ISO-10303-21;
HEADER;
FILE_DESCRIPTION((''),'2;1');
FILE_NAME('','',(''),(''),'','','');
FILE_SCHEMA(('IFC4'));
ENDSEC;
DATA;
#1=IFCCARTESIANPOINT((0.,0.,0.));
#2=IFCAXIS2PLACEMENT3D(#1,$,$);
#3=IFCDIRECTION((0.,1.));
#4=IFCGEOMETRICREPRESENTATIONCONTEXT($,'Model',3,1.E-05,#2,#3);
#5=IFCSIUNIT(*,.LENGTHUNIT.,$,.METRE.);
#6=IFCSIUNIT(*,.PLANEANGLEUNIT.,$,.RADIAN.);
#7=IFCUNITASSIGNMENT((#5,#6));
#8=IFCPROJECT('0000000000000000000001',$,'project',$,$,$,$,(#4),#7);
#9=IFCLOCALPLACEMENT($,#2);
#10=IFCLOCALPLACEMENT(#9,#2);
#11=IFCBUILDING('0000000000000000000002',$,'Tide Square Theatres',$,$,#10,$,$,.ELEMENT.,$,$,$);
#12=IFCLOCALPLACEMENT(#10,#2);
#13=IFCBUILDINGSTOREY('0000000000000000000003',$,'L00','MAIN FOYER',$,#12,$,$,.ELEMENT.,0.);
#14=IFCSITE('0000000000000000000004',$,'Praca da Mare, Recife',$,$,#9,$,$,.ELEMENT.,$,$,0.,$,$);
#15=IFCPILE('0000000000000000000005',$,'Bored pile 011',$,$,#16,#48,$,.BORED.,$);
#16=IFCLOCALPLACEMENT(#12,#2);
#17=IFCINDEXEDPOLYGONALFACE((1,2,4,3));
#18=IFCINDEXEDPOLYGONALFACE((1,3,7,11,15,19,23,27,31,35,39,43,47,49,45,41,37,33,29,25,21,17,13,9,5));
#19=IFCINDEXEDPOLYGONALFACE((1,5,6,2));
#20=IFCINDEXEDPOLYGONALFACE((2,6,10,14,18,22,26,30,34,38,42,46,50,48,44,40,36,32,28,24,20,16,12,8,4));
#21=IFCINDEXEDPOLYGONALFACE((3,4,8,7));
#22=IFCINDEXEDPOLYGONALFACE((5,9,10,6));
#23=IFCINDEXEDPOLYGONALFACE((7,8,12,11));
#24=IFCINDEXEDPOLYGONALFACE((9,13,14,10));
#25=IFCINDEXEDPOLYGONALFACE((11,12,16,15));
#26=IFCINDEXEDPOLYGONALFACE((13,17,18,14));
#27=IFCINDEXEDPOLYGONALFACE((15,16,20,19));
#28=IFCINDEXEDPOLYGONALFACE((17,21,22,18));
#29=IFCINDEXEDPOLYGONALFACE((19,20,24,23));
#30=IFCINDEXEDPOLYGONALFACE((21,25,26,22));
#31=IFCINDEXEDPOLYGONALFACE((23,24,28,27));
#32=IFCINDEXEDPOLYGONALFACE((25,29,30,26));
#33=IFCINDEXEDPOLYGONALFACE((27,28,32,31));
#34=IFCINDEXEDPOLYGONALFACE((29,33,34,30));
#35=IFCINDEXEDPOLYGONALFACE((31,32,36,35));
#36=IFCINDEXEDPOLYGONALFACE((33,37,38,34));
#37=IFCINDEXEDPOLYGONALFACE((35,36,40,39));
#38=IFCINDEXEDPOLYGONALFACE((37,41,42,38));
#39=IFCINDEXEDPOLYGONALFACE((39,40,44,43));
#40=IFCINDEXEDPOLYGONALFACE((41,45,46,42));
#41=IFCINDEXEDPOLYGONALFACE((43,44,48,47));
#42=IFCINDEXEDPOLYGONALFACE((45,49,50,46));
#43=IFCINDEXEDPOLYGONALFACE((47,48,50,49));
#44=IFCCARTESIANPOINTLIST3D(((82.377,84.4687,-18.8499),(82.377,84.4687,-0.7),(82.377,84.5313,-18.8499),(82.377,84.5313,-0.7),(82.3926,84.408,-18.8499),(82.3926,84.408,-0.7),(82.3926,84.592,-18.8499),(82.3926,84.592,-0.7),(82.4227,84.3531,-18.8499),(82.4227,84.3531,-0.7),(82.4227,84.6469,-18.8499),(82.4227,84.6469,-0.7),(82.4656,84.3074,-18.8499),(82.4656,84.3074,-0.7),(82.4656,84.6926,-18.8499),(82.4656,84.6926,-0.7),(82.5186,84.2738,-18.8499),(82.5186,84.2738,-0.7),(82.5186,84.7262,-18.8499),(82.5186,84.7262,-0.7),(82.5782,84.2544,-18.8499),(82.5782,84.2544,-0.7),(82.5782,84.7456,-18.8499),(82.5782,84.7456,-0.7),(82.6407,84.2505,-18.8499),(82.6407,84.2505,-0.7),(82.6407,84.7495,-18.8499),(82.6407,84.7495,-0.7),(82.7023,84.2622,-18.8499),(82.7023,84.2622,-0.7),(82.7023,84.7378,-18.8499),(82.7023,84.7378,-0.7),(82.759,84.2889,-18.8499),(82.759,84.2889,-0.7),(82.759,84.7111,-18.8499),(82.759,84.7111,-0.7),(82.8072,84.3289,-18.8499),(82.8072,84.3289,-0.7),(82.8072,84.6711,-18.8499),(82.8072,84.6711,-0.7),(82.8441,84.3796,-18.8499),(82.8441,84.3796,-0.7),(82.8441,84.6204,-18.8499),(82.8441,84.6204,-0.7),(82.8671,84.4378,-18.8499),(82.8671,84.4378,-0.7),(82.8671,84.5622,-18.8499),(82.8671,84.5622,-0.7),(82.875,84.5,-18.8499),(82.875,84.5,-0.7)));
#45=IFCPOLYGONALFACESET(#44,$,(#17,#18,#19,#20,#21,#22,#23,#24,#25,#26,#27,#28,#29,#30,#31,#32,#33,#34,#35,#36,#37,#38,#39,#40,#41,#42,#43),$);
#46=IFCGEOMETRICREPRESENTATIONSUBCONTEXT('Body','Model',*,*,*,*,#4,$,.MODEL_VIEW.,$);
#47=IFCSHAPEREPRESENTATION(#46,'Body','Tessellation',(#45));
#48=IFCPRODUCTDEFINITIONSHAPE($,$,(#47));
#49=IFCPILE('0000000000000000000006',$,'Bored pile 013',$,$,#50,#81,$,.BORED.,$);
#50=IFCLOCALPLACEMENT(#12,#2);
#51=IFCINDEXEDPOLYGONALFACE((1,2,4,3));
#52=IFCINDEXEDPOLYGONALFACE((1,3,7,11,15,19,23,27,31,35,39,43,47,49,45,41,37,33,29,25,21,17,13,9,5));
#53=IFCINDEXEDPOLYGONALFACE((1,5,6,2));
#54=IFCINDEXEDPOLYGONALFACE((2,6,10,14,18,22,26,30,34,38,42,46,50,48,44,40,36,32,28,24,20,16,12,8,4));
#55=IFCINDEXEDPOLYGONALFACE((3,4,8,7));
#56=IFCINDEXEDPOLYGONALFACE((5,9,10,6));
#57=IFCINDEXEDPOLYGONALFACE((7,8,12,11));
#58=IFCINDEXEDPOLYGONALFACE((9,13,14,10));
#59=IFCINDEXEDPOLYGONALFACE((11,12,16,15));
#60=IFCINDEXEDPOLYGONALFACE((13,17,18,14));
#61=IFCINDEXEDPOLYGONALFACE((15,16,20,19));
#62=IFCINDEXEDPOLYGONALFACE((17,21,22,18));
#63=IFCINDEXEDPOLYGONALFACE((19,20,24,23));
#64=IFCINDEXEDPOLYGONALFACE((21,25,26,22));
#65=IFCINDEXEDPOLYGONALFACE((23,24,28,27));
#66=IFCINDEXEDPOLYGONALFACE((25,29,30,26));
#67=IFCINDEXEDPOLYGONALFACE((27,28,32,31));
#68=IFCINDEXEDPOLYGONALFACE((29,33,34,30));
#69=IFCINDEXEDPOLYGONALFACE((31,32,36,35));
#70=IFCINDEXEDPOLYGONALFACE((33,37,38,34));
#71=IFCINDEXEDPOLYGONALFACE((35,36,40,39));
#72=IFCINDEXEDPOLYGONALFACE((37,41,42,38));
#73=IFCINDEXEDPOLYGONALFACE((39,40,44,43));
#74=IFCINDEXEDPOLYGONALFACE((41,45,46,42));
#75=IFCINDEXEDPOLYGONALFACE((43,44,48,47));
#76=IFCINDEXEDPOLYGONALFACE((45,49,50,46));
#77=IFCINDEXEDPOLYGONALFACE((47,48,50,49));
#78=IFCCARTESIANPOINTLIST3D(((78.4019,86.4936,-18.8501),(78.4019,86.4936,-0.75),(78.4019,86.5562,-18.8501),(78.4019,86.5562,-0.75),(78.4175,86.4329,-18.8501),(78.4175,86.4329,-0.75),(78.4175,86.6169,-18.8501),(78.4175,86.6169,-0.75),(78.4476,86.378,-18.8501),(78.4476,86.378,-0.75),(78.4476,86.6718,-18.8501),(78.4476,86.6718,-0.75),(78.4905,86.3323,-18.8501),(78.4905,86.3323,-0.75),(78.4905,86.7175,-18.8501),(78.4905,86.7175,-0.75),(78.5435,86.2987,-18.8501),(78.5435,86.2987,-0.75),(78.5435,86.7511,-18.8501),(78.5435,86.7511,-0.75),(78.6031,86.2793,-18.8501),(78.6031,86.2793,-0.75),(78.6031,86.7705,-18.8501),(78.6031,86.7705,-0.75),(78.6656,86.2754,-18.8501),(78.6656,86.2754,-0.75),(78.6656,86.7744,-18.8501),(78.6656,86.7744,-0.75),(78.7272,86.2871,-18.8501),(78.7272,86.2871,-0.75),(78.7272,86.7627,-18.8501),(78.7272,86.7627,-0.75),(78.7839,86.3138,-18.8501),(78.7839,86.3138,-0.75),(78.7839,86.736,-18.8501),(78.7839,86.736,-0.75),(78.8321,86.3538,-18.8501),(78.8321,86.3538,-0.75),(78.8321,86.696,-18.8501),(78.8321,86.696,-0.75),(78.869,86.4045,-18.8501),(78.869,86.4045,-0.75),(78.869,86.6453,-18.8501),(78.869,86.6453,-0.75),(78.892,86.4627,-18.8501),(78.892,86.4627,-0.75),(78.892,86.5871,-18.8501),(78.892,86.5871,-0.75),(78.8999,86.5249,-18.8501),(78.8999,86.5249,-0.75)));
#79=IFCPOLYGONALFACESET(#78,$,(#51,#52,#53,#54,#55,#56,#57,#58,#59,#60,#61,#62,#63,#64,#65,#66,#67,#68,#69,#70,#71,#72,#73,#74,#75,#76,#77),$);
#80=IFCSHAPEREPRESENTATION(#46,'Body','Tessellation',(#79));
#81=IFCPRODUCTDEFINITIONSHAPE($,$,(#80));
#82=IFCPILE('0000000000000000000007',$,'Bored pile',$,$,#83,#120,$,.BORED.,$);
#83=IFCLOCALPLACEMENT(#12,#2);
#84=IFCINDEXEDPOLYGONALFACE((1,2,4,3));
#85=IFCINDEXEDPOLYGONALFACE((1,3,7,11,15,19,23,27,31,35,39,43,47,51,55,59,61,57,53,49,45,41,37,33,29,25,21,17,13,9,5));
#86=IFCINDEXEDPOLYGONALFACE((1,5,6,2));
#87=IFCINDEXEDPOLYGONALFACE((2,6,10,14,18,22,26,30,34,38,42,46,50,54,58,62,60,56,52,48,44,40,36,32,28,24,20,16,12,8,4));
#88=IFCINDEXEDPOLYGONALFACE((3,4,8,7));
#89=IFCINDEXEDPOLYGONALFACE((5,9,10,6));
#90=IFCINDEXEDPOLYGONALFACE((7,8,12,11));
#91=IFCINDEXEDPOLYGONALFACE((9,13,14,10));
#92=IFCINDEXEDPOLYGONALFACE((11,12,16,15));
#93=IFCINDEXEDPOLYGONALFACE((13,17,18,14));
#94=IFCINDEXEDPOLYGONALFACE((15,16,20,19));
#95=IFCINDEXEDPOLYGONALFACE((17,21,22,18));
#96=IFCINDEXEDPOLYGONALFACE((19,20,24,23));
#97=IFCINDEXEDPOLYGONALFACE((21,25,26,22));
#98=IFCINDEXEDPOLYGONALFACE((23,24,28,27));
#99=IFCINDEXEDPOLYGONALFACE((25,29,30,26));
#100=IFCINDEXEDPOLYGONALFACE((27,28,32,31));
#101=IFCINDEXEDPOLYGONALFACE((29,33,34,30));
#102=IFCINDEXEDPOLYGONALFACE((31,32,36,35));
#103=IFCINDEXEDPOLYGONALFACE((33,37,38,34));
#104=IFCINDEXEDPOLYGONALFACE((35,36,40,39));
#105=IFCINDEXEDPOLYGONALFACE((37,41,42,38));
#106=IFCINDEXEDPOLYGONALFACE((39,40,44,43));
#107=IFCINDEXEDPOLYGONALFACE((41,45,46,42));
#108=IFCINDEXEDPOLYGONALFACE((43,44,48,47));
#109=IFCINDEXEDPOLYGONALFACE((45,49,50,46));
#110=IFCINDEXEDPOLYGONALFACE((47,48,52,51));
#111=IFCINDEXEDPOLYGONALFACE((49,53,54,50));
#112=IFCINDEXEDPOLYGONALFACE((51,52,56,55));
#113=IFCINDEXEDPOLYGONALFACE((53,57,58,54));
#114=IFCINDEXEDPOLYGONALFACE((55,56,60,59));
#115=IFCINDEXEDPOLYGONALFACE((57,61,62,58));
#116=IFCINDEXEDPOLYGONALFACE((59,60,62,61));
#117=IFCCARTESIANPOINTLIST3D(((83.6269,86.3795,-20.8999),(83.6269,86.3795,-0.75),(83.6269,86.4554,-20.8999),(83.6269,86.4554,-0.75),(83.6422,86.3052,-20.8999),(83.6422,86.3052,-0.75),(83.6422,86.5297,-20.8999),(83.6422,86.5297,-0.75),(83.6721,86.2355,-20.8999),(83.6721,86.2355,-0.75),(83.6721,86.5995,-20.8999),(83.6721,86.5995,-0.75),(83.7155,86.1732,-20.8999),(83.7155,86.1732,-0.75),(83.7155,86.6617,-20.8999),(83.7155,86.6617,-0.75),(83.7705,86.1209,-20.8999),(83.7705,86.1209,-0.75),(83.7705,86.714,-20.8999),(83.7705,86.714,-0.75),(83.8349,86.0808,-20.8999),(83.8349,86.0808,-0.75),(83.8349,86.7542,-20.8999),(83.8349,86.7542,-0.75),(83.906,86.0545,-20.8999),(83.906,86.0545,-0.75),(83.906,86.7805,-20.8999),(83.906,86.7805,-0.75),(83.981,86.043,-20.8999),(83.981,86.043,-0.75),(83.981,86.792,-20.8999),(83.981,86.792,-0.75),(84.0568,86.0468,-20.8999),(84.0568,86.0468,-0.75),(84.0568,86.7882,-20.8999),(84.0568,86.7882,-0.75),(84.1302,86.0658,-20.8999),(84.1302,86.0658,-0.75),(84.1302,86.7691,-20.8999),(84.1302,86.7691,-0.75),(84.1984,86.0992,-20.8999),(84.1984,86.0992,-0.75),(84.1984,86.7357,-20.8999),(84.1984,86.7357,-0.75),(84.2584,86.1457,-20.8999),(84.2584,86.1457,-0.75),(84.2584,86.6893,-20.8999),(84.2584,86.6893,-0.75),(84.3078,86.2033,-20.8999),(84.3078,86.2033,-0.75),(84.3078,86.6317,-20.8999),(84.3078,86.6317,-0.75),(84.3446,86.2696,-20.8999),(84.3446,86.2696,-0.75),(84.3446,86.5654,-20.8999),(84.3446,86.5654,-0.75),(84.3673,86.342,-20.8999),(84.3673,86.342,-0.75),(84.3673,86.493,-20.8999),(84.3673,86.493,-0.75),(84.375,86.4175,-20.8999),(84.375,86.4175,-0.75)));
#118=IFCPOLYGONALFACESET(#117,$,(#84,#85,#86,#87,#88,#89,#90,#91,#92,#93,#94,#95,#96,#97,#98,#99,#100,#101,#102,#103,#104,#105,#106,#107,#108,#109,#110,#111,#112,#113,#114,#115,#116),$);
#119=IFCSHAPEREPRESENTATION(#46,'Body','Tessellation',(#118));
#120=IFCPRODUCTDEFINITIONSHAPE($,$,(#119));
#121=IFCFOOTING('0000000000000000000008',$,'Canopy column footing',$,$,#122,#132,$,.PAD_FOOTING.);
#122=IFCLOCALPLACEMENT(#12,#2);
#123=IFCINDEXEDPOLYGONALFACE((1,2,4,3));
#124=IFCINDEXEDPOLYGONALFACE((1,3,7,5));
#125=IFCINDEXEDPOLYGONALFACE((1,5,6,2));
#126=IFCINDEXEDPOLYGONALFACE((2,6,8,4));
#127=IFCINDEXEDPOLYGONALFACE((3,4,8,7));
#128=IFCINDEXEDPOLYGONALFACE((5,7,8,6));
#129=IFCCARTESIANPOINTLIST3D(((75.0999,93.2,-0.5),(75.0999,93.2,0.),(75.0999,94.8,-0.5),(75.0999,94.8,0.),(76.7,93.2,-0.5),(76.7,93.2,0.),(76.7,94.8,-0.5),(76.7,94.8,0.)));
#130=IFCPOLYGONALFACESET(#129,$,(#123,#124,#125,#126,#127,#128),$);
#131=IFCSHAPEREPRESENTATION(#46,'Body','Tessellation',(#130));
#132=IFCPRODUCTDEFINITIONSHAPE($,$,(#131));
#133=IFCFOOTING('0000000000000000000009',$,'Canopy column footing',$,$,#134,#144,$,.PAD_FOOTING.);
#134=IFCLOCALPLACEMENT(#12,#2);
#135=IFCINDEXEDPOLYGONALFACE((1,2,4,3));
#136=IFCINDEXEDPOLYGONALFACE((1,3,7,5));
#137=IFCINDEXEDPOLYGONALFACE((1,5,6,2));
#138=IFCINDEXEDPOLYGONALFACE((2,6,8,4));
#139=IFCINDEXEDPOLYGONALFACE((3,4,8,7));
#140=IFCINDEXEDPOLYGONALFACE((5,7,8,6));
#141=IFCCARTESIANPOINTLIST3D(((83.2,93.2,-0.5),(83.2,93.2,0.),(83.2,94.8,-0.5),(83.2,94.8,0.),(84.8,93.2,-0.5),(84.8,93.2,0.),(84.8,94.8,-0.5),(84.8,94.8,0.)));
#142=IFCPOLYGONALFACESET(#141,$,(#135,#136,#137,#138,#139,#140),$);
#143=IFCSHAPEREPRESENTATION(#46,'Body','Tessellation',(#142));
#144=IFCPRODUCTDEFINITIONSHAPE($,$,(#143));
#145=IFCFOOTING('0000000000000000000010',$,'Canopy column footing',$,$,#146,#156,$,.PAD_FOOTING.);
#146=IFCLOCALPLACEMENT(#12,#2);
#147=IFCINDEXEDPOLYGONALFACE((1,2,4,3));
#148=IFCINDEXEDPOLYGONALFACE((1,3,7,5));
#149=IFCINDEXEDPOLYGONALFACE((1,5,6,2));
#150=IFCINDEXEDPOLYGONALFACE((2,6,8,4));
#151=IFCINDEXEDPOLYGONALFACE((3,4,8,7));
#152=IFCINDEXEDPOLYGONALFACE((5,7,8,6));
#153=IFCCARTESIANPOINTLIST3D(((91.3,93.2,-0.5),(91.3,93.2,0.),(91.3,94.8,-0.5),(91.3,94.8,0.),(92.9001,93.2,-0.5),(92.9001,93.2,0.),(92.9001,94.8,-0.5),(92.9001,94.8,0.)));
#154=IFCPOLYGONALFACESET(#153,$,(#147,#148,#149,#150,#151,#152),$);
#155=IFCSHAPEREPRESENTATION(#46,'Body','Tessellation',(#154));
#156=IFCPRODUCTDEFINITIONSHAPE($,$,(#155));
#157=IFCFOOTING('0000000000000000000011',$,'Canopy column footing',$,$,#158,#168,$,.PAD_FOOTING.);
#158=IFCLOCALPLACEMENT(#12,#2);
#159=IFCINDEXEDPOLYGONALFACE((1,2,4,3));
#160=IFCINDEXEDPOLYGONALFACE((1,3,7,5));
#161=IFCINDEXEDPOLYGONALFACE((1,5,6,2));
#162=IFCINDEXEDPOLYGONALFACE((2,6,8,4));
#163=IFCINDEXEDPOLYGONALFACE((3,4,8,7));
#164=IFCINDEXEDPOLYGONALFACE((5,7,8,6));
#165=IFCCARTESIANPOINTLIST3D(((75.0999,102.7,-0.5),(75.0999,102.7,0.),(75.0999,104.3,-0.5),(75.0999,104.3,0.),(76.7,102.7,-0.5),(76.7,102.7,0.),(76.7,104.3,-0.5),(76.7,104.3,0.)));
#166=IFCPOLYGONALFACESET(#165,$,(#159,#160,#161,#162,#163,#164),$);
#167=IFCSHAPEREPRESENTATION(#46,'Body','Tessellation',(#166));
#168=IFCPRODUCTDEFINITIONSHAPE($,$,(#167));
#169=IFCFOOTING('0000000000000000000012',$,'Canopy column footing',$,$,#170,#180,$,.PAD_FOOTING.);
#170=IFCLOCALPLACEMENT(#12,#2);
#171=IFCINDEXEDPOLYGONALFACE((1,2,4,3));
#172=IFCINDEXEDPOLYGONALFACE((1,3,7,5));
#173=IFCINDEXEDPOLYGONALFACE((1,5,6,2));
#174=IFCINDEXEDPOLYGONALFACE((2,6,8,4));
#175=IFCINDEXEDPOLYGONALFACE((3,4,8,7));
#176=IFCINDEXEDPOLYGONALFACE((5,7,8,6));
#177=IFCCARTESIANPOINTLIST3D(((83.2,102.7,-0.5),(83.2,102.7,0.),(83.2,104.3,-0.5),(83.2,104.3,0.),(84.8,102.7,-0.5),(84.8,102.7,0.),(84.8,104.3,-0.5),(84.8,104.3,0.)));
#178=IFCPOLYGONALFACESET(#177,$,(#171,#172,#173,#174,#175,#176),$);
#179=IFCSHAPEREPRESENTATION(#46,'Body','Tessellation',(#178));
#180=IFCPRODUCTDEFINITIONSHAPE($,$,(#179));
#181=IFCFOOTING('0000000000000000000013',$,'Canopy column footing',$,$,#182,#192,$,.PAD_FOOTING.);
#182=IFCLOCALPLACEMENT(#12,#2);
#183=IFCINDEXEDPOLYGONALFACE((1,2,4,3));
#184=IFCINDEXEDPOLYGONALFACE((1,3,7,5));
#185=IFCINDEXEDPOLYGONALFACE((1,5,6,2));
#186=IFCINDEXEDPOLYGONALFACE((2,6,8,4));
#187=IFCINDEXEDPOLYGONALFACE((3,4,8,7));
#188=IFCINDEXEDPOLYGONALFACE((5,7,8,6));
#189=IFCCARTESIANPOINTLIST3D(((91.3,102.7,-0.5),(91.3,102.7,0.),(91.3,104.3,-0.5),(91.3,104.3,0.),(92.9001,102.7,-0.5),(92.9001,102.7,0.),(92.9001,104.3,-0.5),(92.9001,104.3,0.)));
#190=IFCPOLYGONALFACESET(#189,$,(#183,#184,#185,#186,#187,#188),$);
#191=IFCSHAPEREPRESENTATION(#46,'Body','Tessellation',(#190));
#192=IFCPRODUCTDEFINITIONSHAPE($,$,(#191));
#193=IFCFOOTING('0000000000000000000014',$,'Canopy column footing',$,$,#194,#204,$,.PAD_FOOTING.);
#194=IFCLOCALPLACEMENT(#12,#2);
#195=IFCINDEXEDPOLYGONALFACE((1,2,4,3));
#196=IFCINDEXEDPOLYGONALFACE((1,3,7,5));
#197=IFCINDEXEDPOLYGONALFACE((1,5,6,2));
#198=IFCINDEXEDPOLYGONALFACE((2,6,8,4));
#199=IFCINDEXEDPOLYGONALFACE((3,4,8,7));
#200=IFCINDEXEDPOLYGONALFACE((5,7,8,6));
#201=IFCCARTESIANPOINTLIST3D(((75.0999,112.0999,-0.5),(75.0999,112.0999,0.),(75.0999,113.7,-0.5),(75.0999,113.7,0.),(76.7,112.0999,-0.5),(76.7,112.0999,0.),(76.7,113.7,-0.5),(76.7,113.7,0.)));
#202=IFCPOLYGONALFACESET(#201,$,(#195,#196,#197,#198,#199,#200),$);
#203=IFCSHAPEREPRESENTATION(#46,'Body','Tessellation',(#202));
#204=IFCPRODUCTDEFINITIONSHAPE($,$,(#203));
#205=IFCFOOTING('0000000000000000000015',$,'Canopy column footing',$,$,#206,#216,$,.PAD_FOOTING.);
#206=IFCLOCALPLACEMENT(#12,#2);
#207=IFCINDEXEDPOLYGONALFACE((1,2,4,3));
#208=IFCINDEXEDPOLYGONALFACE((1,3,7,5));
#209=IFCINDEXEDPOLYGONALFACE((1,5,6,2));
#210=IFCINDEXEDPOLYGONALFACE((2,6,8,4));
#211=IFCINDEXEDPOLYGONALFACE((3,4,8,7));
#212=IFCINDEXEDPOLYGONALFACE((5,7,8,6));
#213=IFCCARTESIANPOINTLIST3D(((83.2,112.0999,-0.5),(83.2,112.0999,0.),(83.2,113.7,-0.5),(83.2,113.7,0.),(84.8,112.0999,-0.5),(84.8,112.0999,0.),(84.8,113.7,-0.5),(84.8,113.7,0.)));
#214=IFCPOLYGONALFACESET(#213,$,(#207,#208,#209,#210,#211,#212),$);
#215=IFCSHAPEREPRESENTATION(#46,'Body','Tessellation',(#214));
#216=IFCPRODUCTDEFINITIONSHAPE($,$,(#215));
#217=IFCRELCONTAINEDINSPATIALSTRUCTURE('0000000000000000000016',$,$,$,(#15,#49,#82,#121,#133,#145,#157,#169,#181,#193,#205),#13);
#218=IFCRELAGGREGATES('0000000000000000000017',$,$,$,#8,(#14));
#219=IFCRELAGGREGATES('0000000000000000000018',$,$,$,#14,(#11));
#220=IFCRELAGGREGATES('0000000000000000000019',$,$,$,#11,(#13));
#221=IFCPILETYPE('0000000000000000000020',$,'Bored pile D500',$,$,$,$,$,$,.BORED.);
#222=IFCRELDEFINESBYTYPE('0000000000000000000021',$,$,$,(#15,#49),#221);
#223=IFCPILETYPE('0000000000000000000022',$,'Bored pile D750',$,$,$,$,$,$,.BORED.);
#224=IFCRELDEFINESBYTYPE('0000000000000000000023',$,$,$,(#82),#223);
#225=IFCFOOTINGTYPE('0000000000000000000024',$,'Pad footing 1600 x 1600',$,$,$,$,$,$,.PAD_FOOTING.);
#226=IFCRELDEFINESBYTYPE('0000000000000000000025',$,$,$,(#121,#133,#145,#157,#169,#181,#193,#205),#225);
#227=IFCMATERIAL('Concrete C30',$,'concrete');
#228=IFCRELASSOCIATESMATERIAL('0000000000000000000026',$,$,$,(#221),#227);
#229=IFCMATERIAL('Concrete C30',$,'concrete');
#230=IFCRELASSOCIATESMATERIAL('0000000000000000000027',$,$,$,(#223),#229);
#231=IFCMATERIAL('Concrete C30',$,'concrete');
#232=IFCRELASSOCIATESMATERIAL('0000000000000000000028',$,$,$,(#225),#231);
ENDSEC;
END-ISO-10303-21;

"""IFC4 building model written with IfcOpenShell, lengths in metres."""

from ifc_helpers import new_model, si_unit, direction, frame, origin, origin_2d, place, context, subcontext, project, spatial, rectangle, circle, extrude, material, material_profile, profile_set, type_object, element, save


model = new_model("IFC4")

# Units and contexts
model_context = context("Model", 3, precision=1e-05, world=origin(), true_north=direction((0.0, 1.0)))
body_context = subcontext(model_context, "Body", "Model", "MODEL_VIEW")
ifc_project = project(units=[si_unit("LENGTHUNIT", "METRE"), si_unit("PLANEANGLEUNIT", "RADIAN")], contexts=[model_context])

# Site, building, storey
site_placement = place(None, origin())
site = spatial("IfcSite", under=ifc_project, at=site_placement, Name="Praca da Mare, Recife", CompositionType="ELEMENT", RefElevation=0.0)
building_placement = place(site_placement, origin())
building = spatial("IfcBuilding", under=site, at=building_placement, Name="Tide Square Theatres", CompositionType="ELEMENT")
storey_placement = place(building_placement, origin())
storey = spatial("IfcBuildingStorey", under=building, at=storey_placement, Name="L00", Description="MAIN FOYER", CompositionType="ELEMENT", Elevation=0.0)

# Piles
ifc_material_1 = material(Name="Concrete C30", Category="concrete")
ifc_material_profile_1 = material_profile(ifc_material_1, circle(Radius=0.25, at=origin_2d()))
ifc_profile_set_1 = profile_set([ifc_material_profile_1], Name="Concrete C30")
pile_type_1 = type_object("IfcPileType", Name="Bored pile D500", PredefinedType="BORED", material=ifc_profile_set_1)
pile_1_placement = place(storey_placement, frame((82.625, 84.5, -0.7), z_axis=(0.0, 0.0, -1.0), x_axis=(1.0, 0.0, 0.0)))
element("IfcPile", 1, at=pile_1_placement, inside=storey, type_object=pile_type_1, Name="Bored pile 011", PredefinedType="BORED", context=body_context, shape_type="SweptSolid", body=[
    extrude(circle(Radius=0.25, at=origin_2d()), origin(), (0.0, 0.0, 1.0), 18.1499),
])
pile_2_placement = place(storey_placement, frame((78.6499, 86.5249, -0.75), z_axis=(0.0, 0.0, -1.0), x_axis=(1.0, 0.0, 0.0)))
element("IfcPile", 2, at=pile_2_placement, inside=storey, type_object=pile_type_1, Name="Bored pile 013", PredefinedType="BORED", context=body_context, shape_type="SweptSolid", body=[
    extrude(circle(Radius=0.25, at=origin_2d()), origin(), (0.0, 0.0, 1.0), 18.1001),
])
ifc_material_2 = material(Name="Concrete C30", Category="concrete")
ifc_material_profile_2 = material_profile(ifc_material_2, circle(Radius=0.375, at=origin_2d()))
ifc_profile_set_2 = profile_set([ifc_material_profile_2], Name="Concrete C30")
pile_type_2 = type_object("IfcPileType", Name="Bored pile D750", PredefinedType="BORED", material=ifc_profile_set_2)
pile_3_placement = place(storey_placement, frame((84.0, 86.4175, -0.75), z_axis=(0.0, 0.0, -1.0), x_axis=(1.0, 0.0, 0.0)))
element("IfcPile", 3, at=pile_3_placement, inside=storey, type_object=pile_type_2, Name="Bored pile", PredefinedType="BORED", context=body_context, shape_type="SweptSolid", body=[
    extrude(circle(Radius=0.375, at=origin_2d()), origin(), (0.0, 0.0, 1.0), 20.1499),
])

# Footings
ifc_material_3 = material(Name="Concrete C30", Category="concrete")
footing_type = type_object("IfcFootingType", Name="Pad footing 1600 x 1600", PredefinedType="PAD_FOOTING", material=ifc_material_3)
for number, where, z_axis, x_axis, name in (
    (4, (75.8999, 94.0, -0.5), (0.0, 0.0, 1.0), (1.0, 0.0, 0.0), "Canopy column footing"),
    (5, (84.0, 94.0, -0.5), (0.0, 0.0, 1.0), (1.0, 0.0, 0.0), "Canopy column footing"),
    (6, (92.1001, 94.0, -0.5), (0.0, 0.0, 1.0), (1.0, 0.0, 0.0), "Canopy column footing"),
    (7, (75.8999, 103.5, -0.5), (0.0, 0.0, 1.0), (1.0, 0.0, 0.0), "Canopy column footing"),
    (8, (84.0, 103.5, -0.5), (0.0, 0.0, 1.0), (1.0, 0.0, 0.0), "Canopy column footing"),
    (9, (92.1001, 103.5, -0.5), (0.0, 0.0, 1.0), (1.0, 0.0, 0.0), "Canopy column footing"),
    (10, (75.8999, 112.8999, -0.5), (0.0, 0.0, 1.0), (1.0, 0.0, 0.0), "Canopy column footing"),
    (11, (84.0, 112.8999, -0.5), (0.0, 0.0, 1.0), (1.0, 0.0, 0.0), "Canopy column footing"),
):
    element("IfcFooting", number, at=place(storey_placement, frame(where, z_axis=z_axis, x_axis=x_axis)), inside=storey, type_object=footing_type, Name=name, PredefinedType="PAD_FOOTING", context=body_context, shape_type="SweptSolid", body=[
        extrude(rectangle(XDim=1.6001, YDim=1.6001, at=origin_2d()), origin(), (0.0, 0.0, 1.0), 0.5),
    ])

save(model, "model.ifc")
